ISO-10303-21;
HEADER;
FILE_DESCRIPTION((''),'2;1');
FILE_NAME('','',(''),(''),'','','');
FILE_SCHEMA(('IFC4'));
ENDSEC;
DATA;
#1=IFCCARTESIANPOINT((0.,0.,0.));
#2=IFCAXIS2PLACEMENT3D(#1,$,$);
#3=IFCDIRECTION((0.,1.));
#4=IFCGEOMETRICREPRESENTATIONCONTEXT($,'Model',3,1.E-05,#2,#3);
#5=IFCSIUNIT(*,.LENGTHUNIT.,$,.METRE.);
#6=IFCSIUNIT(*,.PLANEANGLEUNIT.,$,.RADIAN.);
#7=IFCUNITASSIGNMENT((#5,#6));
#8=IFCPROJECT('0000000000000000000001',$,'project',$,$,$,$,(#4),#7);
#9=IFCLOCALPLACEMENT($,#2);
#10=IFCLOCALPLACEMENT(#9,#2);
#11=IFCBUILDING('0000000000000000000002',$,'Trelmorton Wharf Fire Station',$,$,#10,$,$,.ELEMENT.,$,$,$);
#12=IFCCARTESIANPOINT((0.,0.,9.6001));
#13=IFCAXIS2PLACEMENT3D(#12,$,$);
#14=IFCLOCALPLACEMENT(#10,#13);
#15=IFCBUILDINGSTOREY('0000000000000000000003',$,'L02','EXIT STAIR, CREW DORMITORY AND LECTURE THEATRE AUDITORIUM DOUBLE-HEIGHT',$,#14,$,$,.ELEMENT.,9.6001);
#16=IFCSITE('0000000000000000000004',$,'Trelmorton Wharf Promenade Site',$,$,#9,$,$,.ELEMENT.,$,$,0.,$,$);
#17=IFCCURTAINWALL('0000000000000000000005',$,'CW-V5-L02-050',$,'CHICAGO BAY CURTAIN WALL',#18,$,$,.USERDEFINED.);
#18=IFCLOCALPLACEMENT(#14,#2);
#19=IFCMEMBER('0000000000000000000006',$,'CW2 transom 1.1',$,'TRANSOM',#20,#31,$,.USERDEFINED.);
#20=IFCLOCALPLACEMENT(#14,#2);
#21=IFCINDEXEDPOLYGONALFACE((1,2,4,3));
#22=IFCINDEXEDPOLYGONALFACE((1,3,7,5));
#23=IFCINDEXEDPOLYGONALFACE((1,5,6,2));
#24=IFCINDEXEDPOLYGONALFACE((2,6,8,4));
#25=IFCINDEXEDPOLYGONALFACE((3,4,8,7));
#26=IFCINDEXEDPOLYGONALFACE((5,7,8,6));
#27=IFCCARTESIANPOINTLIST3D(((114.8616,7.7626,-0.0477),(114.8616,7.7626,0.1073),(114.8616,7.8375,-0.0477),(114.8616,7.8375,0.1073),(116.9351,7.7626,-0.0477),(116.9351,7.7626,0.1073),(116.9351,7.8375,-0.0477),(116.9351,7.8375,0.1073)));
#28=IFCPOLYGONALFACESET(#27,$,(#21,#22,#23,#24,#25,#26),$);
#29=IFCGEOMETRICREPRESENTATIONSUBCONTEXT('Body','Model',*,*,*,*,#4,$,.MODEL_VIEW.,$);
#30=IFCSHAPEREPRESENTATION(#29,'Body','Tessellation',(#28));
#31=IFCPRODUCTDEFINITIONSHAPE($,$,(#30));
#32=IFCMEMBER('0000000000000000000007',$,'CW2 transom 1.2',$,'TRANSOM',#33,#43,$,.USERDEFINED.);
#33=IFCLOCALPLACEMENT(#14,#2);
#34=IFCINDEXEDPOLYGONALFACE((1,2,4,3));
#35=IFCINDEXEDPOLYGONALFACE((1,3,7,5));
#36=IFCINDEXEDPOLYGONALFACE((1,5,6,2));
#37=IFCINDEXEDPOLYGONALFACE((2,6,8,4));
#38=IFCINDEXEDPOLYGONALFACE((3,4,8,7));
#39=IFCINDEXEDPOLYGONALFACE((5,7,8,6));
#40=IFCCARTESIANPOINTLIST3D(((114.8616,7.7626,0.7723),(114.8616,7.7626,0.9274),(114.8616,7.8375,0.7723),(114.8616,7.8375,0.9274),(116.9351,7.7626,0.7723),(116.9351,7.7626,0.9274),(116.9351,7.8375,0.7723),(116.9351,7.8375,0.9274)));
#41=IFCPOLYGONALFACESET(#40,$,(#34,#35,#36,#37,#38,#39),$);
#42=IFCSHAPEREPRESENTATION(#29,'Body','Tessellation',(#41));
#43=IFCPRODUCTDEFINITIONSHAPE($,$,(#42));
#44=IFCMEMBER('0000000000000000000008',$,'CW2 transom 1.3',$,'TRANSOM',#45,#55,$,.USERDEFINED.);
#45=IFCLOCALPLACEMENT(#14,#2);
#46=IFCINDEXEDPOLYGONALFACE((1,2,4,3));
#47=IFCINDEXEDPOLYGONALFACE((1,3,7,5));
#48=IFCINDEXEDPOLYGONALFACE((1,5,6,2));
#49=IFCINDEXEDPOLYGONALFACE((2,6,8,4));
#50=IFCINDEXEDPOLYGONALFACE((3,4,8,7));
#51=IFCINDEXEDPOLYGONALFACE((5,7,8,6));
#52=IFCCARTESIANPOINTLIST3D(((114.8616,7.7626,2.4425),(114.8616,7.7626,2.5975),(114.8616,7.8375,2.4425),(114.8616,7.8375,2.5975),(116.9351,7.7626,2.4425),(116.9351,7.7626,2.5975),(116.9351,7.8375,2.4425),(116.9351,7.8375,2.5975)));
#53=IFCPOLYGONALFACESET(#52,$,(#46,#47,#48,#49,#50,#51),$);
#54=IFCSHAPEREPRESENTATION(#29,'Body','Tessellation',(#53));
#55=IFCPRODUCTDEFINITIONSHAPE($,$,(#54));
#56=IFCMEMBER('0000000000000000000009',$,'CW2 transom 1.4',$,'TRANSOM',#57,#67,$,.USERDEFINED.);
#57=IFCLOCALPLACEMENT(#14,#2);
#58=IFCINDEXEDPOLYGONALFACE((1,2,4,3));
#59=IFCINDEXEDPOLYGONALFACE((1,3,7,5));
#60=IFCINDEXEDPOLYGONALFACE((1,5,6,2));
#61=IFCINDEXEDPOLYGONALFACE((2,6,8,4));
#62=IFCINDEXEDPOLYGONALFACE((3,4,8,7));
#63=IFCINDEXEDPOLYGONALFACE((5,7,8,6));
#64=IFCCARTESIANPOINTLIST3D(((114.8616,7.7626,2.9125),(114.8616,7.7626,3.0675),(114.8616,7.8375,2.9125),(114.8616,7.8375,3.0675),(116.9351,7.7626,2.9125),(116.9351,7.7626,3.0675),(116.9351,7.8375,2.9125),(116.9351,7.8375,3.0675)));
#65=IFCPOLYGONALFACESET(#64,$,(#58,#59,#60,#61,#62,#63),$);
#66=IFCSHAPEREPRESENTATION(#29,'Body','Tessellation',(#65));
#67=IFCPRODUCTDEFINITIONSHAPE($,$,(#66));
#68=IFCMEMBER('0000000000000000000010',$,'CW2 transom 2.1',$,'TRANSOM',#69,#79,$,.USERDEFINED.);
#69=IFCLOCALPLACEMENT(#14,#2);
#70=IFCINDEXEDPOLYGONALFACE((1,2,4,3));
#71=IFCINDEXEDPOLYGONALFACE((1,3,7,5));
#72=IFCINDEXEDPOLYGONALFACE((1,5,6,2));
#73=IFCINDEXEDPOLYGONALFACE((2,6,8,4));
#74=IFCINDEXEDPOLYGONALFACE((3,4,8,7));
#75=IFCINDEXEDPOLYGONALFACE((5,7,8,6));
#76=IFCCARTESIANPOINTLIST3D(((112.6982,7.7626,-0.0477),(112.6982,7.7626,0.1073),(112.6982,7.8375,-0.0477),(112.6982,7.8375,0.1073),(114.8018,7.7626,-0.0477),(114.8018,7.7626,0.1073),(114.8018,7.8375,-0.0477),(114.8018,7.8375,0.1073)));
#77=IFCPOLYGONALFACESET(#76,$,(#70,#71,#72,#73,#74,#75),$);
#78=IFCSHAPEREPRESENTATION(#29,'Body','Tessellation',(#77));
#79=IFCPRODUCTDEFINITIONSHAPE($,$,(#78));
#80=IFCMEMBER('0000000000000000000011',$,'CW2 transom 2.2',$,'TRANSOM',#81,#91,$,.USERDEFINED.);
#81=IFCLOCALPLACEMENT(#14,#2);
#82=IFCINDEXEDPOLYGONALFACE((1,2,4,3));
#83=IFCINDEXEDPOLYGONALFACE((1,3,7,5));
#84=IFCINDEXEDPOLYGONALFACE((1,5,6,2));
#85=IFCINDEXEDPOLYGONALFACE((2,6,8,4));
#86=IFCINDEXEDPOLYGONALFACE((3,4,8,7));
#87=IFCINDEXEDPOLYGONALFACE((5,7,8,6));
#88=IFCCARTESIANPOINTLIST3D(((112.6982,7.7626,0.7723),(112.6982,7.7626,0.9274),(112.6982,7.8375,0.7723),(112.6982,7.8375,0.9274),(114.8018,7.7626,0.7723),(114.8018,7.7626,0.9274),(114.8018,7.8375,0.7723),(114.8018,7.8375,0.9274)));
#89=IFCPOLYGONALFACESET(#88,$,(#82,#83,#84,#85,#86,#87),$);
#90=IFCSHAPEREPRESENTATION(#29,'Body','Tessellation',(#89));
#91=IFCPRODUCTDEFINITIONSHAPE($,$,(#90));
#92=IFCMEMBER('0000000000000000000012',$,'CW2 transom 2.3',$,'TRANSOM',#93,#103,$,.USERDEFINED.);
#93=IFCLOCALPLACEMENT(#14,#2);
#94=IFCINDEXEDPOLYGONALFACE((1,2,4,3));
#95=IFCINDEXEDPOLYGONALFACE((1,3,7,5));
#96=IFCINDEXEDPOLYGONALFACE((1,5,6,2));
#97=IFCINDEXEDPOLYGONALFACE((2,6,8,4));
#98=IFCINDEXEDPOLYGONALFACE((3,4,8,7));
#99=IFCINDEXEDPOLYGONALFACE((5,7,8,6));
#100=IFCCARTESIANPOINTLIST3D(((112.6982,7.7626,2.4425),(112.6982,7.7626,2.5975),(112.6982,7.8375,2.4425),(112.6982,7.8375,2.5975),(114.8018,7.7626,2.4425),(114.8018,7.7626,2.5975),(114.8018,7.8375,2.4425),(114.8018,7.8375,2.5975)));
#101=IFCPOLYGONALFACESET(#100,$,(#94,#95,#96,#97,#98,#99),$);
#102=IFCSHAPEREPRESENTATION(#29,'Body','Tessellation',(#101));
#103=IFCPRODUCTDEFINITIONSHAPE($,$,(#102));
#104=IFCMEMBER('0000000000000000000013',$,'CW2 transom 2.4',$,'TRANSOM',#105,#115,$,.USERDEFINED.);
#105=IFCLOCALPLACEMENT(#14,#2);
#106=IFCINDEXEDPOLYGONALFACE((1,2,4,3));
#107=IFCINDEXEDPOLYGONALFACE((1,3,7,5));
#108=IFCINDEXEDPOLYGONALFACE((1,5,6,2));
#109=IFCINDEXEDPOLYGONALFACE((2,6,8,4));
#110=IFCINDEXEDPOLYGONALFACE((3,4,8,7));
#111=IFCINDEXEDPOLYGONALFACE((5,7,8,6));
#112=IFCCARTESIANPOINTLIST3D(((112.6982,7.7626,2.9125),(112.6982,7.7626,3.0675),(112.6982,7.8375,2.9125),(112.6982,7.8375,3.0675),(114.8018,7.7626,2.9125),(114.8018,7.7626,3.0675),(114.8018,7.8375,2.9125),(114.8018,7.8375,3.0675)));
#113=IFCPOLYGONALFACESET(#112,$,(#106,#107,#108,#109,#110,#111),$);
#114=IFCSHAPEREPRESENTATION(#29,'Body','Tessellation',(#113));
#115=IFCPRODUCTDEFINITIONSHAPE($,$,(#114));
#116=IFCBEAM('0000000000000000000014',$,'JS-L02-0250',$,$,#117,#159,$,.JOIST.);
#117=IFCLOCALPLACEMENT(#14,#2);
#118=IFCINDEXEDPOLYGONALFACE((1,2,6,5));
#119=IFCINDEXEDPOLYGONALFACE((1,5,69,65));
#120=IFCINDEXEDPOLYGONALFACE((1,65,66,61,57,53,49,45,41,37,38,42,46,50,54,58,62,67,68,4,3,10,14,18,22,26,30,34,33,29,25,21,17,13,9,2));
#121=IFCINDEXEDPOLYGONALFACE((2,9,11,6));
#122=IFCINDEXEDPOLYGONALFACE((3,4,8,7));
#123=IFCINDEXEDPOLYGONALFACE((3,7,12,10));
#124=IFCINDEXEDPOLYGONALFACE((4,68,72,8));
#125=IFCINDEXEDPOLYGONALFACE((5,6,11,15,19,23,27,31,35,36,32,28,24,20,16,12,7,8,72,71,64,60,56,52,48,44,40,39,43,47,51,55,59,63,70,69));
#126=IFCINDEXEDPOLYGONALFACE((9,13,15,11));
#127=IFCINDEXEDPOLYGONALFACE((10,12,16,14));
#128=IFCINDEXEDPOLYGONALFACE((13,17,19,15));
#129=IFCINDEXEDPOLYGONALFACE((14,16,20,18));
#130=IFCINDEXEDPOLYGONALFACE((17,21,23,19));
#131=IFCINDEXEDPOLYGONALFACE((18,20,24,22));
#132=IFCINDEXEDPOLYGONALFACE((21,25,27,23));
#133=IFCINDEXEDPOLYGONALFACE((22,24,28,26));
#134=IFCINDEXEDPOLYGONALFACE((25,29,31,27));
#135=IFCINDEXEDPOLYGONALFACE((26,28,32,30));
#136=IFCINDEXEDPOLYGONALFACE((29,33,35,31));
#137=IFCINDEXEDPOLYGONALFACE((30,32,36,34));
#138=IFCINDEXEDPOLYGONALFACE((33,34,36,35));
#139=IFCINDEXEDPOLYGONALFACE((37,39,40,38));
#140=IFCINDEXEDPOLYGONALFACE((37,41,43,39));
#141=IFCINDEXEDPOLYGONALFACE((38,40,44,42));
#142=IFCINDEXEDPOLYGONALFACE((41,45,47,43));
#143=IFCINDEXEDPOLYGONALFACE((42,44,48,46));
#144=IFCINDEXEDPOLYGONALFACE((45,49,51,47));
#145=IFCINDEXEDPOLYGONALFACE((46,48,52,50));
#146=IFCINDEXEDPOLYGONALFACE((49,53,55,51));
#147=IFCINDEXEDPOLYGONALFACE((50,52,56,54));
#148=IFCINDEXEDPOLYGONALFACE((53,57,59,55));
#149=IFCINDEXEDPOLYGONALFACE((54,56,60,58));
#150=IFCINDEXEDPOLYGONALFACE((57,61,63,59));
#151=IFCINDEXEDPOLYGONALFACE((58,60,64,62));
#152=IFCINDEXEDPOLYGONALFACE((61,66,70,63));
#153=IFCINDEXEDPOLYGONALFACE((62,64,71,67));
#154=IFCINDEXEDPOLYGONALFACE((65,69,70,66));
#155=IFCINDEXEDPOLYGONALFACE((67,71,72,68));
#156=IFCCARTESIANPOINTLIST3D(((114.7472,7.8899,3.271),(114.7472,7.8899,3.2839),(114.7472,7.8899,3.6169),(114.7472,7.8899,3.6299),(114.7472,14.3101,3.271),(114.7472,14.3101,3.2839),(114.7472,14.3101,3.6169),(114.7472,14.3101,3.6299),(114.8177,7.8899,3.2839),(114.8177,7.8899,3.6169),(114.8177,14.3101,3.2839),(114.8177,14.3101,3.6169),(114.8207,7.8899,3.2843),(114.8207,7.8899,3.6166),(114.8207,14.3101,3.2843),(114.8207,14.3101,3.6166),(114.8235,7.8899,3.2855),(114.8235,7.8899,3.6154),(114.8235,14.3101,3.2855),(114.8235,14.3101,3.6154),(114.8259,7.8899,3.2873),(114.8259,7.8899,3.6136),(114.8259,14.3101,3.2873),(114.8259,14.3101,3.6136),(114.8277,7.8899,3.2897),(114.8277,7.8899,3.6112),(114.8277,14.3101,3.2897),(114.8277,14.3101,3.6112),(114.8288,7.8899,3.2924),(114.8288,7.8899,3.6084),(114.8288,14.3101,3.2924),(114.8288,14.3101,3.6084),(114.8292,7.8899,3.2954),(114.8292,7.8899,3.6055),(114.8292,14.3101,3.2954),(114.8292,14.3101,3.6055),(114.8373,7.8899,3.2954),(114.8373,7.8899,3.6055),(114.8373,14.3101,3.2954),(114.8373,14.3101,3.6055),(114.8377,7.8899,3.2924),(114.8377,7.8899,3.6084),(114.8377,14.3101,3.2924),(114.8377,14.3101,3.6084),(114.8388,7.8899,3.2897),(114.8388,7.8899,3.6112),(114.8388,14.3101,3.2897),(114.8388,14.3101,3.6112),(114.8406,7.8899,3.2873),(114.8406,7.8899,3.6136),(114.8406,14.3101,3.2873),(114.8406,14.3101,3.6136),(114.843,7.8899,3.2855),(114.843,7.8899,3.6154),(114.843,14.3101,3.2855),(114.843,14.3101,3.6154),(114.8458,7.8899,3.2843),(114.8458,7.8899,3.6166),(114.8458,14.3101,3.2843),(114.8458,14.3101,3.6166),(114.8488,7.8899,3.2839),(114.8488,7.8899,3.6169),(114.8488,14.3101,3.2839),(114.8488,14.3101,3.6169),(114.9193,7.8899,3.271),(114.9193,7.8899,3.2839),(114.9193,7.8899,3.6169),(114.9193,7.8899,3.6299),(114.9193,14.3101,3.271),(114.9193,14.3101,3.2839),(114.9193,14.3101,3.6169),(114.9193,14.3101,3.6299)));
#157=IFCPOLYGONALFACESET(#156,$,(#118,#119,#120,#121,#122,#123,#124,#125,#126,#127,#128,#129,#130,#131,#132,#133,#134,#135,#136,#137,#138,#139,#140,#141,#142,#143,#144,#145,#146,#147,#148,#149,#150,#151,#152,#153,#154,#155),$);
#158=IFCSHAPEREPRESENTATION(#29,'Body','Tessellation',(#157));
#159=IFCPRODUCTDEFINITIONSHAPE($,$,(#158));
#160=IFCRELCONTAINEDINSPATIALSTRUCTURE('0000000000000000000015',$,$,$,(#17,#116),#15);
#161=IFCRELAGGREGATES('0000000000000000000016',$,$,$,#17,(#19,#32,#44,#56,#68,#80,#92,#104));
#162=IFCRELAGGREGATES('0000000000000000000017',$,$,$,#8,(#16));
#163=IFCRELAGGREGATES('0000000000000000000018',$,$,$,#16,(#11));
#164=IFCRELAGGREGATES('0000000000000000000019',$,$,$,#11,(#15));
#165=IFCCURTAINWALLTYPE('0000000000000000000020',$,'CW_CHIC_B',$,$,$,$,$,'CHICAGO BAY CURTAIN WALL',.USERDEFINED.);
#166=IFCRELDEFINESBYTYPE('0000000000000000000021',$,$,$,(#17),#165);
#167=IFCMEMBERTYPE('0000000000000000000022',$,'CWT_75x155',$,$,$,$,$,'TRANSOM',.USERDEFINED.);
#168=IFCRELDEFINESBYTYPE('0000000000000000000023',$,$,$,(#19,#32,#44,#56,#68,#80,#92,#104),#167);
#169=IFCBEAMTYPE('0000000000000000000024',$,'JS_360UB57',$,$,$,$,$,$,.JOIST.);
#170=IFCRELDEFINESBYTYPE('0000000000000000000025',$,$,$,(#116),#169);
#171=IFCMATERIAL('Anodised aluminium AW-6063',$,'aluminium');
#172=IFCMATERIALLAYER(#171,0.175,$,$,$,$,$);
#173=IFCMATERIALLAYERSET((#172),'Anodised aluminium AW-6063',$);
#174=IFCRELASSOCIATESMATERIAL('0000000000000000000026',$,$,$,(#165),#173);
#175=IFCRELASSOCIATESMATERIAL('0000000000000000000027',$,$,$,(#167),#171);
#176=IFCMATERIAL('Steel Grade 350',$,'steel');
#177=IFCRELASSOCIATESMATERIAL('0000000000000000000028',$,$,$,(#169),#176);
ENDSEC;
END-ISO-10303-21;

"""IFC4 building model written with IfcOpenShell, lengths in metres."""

from ifc_helpers import new_model, si_unit, direction, frame, origin, origin_2d, place, context, subcontext, project, spatial, rectangle, i_section, extrude, material, layer, layer_set, material_profile, profile_set, type_object, element, aggregate, save


model = new_model("IFC4")

# Units and contexts
model_context = context("Model", 3, precision=1e-05, world=origin(), true_north=direction((0.0, 1.0)))
body_context = subcontext(model_context, "Body", "Model", "MODEL_VIEW")
ifc_project = project(units=[si_unit("LENGTHUNIT", "METRE"), si_unit("PLANEANGLEUNIT", "RADIAN")], contexts=[model_context])

# Site, building, storey
site_placement = place(None, origin())
site = spatial("IfcSite", under=ifc_project, at=site_placement, Name="Trelmorton Wharf Promenade Site", CompositionType="ELEMENT", RefElevation=0.0)
building_placement = place(site_placement, origin())
building = spatial("IfcBuilding", under=site, at=building_placement, Name="Trelmorton Wharf Fire Station", CompositionType="ELEMENT")
storey_placement = place(building_placement, frame((0.0, 0.0, 9.6001)))
storey = spatial("IfcBuildingStorey", under=building, at=storey_placement, Name="L02", Description="EXIT STAIR, CREW DORMITORY AND LECTURE THEATRE AUDITORIUM DOUBLE-HEIGHT", CompositionType="ELEMENT", Elevation=9.6001)

# Shared definitions
ifc_material_1 = material(Name="Steel Grade 350", Category="steel")

# Curtain wall, members
ifc_material_2 = material(Name="Anodised aluminium AW-6063", Category="aluminium")
ifc_layer_1 = layer(ifc_material_2, 0.175)
ifc_layer_set_1 = layer_set([ifc_layer_1], Name="Anodised aluminium AW-6063")
curtain_wall_type = type_object("IfcCurtainWallType", Name="CW_CHIC_B", ElementType="CHICAGO BAY CURTAIN WALL", PredefinedType="USERDEFINED", material=ifc_layer_set_1)
curtain_wall_placement = place(storey_placement, origin())
curtain_wall = element("IfcCurtainWall", 1, at=curtain_wall_placement, inside=storey, type_object=curtain_wall_type, Name="CW-V5-L02-050", ObjectType="CHICAGO BAY CURTAIN WALL", PredefinedType="USERDEFINED")
ifc_material_profile_1 = material_profile(ifc_material_2, rectangle(XDim=0.075, YDim=0.155, at=origin_2d()), Name="ALU-75x155")
ifc_profile_set_1 = profile_set([ifc_material_profile_1], Name="Anodised aluminium AW-6063")
member_type_1 = type_object("IfcMemberType", Name="CWT_75x155", ElementType="TRANSOM", PredefinedType="USERDEFINED", material=ifc_profile_set_1)
member_1_placement = place(storey_placement, frame((116.9351, 7.8, 0.0298), z_axis=(-1.0, 0.0, 0.0), x_axis=(0.0, -1.0, 0.0)))
member_1 = element("IfcMember", 2, at=member_1_placement, type_object=member_type_1, Name="CW2 transom 1.1", ObjectType="TRANSOM", PredefinedType="USERDEFINED", context=body_context, shape_type="SweptSolid", body=[
    extrude(rectangle(XDim=0.075, YDim=0.155, at=origin_2d()), origin(), (0.0, 0.0, 1.0), 2.0735),
])
member_2_placement = place(storey_placement, frame((116.9351, 7.8, 0.8499), z_axis=(-1.0, 0.0, 0.0), x_axis=(0.0, -1.0, 0.0)))
member_2 = element("IfcMember", 3, at=member_2_placement, type_object=member_type_1, Name="CW2 transom 1.2", ObjectType="TRANSOM", PredefinedType="USERDEFINED", context=body_context, shape_type="SweptSolid", body=[
    extrude(rectangle(XDim=0.075, YDim=0.155, at=origin_2d()), origin(), (0.0, 0.0, 1.0), 2.0735),
])
member_3_placement = place(storey_placement, frame((116.9351, 7.8, 2.52), z_axis=(-1.0, 0.0, 0.0), x_axis=(0.0, -1.0, 0.0)))
member_3 = element("IfcMember", 4, at=member_3_placement, type_object=member_type_1, Name="CW2 transom 1.3", ObjectType="TRANSOM", PredefinedType="USERDEFINED", context=body_context, shape_type="SweptSolid", body=[
    extrude(rectangle(XDim=0.075, YDim=0.155, at=origin_2d()), origin(), (0.0, 0.0, 1.0), 2.0735),
])
member_4_placement = place(storey_placement, frame((116.9351, 7.8, 2.99), z_axis=(-1.0, 0.0, 0.0), x_axis=(0.0, -1.0, 0.0)))
member_4 = element("IfcMember", 5, at=member_4_placement, type_object=member_type_1, Name="CW2 transom 1.4", ObjectType="TRANSOM", PredefinedType="USERDEFINED", context=body_context, shape_type="SweptSolid", body=[
    extrude(rectangle(XDim=0.075, YDim=0.155, at=origin_2d()), origin(), (0.0, 0.0, 1.0), 2.0735),
])
member_5_placement = place(storey_placement, frame((114.8018, 7.8, 0.0298), z_axis=(-1.0, 0.0, 0.0), x_axis=(0.0, -1.0, 0.0)))
member_5 = element("IfcMember", 6, at=member_5_placement, type_object=member_type_1, Name="CW2 transom 2.1", ObjectType="TRANSOM", PredefinedType="USERDEFINED", context=body_context, shape_type="SweptSolid", body=[
    extrude(rectangle(XDim=0.075, YDim=0.155, at=origin_2d()), origin(), (0.0, 0.0, 1.0), 2.1035),
])
member_6_placement = place(storey_placement, frame((114.8018, 7.8, 0.8499), z_axis=(-1.0, 0.0, 0.0), x_axis=(0.0, -1.0, 0.0)))
member_6 = element("IfcMember", 7, at=member_6_placement, type_object=member_type_1, Name="CW2 transom 2.2", ObjectType="TRANSOM", PredefinedType="USERDEFINED", context=body_context, shape_type="SweptSolid", body=[
    extrude(rectangle(XDim=0.075, YDim=0.155, at=origin_2d()), origin(), (0.0, 0.0, 1.0), 2.1035),
])
member_7_placement = place(storey_placement, frame((114.8018, 7.8, 2.52), z_axis=(-1.0, 0.0, 0.0), x_axis=(0.0, -1.0, 0.0)))
member_7 = element("IfcMember", 8, at=member_7_placement, type_object=member_type_1, Name="CW2 transom 2.3", ObjectType="TRANSOM", PredefinedType="USERDEFINED", context=body_context, shape_type="SweptSolid", body=[
    extrude(rectangle(XDim=0.075, YDim=0.155, at=origin_2d()), origin(), (0.0, 0.0, 1.0), 2.1035),
])
member_8_placement = place(storey_placement, frame((114.8018, 7.8, 2.99), z_axis=(-1.0, 0.0, 0.0), x_axis=(0.0, -1.0, 0.0)))
member_8 = element("IfcMember", 9, at=member_8_placement, type_object=member_type_1, Name="CW2 transom 2.4", ObjectType="TRANSOM", PredefinedType="USERDEFINED", context=body_context, shape_type="SweptSolid", body=[
    extrude(rectangle(XDim=0.075, YDim=0.155, at=origin_2d()), origin(), (0.0, 0.0, 1.0), 2.1035),
])

# Beam
ifc_material_profile_2 = material_profile(ifc_material_1, i_section(OverallWidth=0.1721, OverallDepth=0.3589, WebThickness=0.0081, FlangeThickness=0.0129, FilletRadius=0.0115, at=origin_2d()), Name="360UB56.7")
ifc_profile_set_2 = profile_set([ifc_material_profile_2], Name="Steel Grade 350")
beam_type_1 = type_object("IfcBeamType", Name="JS_360UB57", PredefinedType="JOIST", material=ifc_profile_set_2)
beam_1_placement = place(storey_placement, frame((114.8333, 7.8899, 3.4504), z_axis=(0.0, 1.0, 0.0), x_axis=(-1.0, 0.0, 0.0)))
element("IfcBeam", 10, at=beam_1_placement, inside=storey, type_object=beam_type_1, Name="JS-L02-0250", PredefinedType="JOIST", context=body_context, shape_type="SweptSolid", body=[
    extrude(i_section(OverallWidth=0.1721, OverallDepth=0.3589, WebThickness=0.0081, FlangeThickness=0.0129, FilletRadius=0.0115, at=origin_2d()), origin(), (0.0, 0.0, 1.0), 6.4202),
])

aggregate(curtain_wall, [member_1, member_2, member_3, member_4, member_5, member_6, member_7, member_8])

save(model, "model.ifc")
